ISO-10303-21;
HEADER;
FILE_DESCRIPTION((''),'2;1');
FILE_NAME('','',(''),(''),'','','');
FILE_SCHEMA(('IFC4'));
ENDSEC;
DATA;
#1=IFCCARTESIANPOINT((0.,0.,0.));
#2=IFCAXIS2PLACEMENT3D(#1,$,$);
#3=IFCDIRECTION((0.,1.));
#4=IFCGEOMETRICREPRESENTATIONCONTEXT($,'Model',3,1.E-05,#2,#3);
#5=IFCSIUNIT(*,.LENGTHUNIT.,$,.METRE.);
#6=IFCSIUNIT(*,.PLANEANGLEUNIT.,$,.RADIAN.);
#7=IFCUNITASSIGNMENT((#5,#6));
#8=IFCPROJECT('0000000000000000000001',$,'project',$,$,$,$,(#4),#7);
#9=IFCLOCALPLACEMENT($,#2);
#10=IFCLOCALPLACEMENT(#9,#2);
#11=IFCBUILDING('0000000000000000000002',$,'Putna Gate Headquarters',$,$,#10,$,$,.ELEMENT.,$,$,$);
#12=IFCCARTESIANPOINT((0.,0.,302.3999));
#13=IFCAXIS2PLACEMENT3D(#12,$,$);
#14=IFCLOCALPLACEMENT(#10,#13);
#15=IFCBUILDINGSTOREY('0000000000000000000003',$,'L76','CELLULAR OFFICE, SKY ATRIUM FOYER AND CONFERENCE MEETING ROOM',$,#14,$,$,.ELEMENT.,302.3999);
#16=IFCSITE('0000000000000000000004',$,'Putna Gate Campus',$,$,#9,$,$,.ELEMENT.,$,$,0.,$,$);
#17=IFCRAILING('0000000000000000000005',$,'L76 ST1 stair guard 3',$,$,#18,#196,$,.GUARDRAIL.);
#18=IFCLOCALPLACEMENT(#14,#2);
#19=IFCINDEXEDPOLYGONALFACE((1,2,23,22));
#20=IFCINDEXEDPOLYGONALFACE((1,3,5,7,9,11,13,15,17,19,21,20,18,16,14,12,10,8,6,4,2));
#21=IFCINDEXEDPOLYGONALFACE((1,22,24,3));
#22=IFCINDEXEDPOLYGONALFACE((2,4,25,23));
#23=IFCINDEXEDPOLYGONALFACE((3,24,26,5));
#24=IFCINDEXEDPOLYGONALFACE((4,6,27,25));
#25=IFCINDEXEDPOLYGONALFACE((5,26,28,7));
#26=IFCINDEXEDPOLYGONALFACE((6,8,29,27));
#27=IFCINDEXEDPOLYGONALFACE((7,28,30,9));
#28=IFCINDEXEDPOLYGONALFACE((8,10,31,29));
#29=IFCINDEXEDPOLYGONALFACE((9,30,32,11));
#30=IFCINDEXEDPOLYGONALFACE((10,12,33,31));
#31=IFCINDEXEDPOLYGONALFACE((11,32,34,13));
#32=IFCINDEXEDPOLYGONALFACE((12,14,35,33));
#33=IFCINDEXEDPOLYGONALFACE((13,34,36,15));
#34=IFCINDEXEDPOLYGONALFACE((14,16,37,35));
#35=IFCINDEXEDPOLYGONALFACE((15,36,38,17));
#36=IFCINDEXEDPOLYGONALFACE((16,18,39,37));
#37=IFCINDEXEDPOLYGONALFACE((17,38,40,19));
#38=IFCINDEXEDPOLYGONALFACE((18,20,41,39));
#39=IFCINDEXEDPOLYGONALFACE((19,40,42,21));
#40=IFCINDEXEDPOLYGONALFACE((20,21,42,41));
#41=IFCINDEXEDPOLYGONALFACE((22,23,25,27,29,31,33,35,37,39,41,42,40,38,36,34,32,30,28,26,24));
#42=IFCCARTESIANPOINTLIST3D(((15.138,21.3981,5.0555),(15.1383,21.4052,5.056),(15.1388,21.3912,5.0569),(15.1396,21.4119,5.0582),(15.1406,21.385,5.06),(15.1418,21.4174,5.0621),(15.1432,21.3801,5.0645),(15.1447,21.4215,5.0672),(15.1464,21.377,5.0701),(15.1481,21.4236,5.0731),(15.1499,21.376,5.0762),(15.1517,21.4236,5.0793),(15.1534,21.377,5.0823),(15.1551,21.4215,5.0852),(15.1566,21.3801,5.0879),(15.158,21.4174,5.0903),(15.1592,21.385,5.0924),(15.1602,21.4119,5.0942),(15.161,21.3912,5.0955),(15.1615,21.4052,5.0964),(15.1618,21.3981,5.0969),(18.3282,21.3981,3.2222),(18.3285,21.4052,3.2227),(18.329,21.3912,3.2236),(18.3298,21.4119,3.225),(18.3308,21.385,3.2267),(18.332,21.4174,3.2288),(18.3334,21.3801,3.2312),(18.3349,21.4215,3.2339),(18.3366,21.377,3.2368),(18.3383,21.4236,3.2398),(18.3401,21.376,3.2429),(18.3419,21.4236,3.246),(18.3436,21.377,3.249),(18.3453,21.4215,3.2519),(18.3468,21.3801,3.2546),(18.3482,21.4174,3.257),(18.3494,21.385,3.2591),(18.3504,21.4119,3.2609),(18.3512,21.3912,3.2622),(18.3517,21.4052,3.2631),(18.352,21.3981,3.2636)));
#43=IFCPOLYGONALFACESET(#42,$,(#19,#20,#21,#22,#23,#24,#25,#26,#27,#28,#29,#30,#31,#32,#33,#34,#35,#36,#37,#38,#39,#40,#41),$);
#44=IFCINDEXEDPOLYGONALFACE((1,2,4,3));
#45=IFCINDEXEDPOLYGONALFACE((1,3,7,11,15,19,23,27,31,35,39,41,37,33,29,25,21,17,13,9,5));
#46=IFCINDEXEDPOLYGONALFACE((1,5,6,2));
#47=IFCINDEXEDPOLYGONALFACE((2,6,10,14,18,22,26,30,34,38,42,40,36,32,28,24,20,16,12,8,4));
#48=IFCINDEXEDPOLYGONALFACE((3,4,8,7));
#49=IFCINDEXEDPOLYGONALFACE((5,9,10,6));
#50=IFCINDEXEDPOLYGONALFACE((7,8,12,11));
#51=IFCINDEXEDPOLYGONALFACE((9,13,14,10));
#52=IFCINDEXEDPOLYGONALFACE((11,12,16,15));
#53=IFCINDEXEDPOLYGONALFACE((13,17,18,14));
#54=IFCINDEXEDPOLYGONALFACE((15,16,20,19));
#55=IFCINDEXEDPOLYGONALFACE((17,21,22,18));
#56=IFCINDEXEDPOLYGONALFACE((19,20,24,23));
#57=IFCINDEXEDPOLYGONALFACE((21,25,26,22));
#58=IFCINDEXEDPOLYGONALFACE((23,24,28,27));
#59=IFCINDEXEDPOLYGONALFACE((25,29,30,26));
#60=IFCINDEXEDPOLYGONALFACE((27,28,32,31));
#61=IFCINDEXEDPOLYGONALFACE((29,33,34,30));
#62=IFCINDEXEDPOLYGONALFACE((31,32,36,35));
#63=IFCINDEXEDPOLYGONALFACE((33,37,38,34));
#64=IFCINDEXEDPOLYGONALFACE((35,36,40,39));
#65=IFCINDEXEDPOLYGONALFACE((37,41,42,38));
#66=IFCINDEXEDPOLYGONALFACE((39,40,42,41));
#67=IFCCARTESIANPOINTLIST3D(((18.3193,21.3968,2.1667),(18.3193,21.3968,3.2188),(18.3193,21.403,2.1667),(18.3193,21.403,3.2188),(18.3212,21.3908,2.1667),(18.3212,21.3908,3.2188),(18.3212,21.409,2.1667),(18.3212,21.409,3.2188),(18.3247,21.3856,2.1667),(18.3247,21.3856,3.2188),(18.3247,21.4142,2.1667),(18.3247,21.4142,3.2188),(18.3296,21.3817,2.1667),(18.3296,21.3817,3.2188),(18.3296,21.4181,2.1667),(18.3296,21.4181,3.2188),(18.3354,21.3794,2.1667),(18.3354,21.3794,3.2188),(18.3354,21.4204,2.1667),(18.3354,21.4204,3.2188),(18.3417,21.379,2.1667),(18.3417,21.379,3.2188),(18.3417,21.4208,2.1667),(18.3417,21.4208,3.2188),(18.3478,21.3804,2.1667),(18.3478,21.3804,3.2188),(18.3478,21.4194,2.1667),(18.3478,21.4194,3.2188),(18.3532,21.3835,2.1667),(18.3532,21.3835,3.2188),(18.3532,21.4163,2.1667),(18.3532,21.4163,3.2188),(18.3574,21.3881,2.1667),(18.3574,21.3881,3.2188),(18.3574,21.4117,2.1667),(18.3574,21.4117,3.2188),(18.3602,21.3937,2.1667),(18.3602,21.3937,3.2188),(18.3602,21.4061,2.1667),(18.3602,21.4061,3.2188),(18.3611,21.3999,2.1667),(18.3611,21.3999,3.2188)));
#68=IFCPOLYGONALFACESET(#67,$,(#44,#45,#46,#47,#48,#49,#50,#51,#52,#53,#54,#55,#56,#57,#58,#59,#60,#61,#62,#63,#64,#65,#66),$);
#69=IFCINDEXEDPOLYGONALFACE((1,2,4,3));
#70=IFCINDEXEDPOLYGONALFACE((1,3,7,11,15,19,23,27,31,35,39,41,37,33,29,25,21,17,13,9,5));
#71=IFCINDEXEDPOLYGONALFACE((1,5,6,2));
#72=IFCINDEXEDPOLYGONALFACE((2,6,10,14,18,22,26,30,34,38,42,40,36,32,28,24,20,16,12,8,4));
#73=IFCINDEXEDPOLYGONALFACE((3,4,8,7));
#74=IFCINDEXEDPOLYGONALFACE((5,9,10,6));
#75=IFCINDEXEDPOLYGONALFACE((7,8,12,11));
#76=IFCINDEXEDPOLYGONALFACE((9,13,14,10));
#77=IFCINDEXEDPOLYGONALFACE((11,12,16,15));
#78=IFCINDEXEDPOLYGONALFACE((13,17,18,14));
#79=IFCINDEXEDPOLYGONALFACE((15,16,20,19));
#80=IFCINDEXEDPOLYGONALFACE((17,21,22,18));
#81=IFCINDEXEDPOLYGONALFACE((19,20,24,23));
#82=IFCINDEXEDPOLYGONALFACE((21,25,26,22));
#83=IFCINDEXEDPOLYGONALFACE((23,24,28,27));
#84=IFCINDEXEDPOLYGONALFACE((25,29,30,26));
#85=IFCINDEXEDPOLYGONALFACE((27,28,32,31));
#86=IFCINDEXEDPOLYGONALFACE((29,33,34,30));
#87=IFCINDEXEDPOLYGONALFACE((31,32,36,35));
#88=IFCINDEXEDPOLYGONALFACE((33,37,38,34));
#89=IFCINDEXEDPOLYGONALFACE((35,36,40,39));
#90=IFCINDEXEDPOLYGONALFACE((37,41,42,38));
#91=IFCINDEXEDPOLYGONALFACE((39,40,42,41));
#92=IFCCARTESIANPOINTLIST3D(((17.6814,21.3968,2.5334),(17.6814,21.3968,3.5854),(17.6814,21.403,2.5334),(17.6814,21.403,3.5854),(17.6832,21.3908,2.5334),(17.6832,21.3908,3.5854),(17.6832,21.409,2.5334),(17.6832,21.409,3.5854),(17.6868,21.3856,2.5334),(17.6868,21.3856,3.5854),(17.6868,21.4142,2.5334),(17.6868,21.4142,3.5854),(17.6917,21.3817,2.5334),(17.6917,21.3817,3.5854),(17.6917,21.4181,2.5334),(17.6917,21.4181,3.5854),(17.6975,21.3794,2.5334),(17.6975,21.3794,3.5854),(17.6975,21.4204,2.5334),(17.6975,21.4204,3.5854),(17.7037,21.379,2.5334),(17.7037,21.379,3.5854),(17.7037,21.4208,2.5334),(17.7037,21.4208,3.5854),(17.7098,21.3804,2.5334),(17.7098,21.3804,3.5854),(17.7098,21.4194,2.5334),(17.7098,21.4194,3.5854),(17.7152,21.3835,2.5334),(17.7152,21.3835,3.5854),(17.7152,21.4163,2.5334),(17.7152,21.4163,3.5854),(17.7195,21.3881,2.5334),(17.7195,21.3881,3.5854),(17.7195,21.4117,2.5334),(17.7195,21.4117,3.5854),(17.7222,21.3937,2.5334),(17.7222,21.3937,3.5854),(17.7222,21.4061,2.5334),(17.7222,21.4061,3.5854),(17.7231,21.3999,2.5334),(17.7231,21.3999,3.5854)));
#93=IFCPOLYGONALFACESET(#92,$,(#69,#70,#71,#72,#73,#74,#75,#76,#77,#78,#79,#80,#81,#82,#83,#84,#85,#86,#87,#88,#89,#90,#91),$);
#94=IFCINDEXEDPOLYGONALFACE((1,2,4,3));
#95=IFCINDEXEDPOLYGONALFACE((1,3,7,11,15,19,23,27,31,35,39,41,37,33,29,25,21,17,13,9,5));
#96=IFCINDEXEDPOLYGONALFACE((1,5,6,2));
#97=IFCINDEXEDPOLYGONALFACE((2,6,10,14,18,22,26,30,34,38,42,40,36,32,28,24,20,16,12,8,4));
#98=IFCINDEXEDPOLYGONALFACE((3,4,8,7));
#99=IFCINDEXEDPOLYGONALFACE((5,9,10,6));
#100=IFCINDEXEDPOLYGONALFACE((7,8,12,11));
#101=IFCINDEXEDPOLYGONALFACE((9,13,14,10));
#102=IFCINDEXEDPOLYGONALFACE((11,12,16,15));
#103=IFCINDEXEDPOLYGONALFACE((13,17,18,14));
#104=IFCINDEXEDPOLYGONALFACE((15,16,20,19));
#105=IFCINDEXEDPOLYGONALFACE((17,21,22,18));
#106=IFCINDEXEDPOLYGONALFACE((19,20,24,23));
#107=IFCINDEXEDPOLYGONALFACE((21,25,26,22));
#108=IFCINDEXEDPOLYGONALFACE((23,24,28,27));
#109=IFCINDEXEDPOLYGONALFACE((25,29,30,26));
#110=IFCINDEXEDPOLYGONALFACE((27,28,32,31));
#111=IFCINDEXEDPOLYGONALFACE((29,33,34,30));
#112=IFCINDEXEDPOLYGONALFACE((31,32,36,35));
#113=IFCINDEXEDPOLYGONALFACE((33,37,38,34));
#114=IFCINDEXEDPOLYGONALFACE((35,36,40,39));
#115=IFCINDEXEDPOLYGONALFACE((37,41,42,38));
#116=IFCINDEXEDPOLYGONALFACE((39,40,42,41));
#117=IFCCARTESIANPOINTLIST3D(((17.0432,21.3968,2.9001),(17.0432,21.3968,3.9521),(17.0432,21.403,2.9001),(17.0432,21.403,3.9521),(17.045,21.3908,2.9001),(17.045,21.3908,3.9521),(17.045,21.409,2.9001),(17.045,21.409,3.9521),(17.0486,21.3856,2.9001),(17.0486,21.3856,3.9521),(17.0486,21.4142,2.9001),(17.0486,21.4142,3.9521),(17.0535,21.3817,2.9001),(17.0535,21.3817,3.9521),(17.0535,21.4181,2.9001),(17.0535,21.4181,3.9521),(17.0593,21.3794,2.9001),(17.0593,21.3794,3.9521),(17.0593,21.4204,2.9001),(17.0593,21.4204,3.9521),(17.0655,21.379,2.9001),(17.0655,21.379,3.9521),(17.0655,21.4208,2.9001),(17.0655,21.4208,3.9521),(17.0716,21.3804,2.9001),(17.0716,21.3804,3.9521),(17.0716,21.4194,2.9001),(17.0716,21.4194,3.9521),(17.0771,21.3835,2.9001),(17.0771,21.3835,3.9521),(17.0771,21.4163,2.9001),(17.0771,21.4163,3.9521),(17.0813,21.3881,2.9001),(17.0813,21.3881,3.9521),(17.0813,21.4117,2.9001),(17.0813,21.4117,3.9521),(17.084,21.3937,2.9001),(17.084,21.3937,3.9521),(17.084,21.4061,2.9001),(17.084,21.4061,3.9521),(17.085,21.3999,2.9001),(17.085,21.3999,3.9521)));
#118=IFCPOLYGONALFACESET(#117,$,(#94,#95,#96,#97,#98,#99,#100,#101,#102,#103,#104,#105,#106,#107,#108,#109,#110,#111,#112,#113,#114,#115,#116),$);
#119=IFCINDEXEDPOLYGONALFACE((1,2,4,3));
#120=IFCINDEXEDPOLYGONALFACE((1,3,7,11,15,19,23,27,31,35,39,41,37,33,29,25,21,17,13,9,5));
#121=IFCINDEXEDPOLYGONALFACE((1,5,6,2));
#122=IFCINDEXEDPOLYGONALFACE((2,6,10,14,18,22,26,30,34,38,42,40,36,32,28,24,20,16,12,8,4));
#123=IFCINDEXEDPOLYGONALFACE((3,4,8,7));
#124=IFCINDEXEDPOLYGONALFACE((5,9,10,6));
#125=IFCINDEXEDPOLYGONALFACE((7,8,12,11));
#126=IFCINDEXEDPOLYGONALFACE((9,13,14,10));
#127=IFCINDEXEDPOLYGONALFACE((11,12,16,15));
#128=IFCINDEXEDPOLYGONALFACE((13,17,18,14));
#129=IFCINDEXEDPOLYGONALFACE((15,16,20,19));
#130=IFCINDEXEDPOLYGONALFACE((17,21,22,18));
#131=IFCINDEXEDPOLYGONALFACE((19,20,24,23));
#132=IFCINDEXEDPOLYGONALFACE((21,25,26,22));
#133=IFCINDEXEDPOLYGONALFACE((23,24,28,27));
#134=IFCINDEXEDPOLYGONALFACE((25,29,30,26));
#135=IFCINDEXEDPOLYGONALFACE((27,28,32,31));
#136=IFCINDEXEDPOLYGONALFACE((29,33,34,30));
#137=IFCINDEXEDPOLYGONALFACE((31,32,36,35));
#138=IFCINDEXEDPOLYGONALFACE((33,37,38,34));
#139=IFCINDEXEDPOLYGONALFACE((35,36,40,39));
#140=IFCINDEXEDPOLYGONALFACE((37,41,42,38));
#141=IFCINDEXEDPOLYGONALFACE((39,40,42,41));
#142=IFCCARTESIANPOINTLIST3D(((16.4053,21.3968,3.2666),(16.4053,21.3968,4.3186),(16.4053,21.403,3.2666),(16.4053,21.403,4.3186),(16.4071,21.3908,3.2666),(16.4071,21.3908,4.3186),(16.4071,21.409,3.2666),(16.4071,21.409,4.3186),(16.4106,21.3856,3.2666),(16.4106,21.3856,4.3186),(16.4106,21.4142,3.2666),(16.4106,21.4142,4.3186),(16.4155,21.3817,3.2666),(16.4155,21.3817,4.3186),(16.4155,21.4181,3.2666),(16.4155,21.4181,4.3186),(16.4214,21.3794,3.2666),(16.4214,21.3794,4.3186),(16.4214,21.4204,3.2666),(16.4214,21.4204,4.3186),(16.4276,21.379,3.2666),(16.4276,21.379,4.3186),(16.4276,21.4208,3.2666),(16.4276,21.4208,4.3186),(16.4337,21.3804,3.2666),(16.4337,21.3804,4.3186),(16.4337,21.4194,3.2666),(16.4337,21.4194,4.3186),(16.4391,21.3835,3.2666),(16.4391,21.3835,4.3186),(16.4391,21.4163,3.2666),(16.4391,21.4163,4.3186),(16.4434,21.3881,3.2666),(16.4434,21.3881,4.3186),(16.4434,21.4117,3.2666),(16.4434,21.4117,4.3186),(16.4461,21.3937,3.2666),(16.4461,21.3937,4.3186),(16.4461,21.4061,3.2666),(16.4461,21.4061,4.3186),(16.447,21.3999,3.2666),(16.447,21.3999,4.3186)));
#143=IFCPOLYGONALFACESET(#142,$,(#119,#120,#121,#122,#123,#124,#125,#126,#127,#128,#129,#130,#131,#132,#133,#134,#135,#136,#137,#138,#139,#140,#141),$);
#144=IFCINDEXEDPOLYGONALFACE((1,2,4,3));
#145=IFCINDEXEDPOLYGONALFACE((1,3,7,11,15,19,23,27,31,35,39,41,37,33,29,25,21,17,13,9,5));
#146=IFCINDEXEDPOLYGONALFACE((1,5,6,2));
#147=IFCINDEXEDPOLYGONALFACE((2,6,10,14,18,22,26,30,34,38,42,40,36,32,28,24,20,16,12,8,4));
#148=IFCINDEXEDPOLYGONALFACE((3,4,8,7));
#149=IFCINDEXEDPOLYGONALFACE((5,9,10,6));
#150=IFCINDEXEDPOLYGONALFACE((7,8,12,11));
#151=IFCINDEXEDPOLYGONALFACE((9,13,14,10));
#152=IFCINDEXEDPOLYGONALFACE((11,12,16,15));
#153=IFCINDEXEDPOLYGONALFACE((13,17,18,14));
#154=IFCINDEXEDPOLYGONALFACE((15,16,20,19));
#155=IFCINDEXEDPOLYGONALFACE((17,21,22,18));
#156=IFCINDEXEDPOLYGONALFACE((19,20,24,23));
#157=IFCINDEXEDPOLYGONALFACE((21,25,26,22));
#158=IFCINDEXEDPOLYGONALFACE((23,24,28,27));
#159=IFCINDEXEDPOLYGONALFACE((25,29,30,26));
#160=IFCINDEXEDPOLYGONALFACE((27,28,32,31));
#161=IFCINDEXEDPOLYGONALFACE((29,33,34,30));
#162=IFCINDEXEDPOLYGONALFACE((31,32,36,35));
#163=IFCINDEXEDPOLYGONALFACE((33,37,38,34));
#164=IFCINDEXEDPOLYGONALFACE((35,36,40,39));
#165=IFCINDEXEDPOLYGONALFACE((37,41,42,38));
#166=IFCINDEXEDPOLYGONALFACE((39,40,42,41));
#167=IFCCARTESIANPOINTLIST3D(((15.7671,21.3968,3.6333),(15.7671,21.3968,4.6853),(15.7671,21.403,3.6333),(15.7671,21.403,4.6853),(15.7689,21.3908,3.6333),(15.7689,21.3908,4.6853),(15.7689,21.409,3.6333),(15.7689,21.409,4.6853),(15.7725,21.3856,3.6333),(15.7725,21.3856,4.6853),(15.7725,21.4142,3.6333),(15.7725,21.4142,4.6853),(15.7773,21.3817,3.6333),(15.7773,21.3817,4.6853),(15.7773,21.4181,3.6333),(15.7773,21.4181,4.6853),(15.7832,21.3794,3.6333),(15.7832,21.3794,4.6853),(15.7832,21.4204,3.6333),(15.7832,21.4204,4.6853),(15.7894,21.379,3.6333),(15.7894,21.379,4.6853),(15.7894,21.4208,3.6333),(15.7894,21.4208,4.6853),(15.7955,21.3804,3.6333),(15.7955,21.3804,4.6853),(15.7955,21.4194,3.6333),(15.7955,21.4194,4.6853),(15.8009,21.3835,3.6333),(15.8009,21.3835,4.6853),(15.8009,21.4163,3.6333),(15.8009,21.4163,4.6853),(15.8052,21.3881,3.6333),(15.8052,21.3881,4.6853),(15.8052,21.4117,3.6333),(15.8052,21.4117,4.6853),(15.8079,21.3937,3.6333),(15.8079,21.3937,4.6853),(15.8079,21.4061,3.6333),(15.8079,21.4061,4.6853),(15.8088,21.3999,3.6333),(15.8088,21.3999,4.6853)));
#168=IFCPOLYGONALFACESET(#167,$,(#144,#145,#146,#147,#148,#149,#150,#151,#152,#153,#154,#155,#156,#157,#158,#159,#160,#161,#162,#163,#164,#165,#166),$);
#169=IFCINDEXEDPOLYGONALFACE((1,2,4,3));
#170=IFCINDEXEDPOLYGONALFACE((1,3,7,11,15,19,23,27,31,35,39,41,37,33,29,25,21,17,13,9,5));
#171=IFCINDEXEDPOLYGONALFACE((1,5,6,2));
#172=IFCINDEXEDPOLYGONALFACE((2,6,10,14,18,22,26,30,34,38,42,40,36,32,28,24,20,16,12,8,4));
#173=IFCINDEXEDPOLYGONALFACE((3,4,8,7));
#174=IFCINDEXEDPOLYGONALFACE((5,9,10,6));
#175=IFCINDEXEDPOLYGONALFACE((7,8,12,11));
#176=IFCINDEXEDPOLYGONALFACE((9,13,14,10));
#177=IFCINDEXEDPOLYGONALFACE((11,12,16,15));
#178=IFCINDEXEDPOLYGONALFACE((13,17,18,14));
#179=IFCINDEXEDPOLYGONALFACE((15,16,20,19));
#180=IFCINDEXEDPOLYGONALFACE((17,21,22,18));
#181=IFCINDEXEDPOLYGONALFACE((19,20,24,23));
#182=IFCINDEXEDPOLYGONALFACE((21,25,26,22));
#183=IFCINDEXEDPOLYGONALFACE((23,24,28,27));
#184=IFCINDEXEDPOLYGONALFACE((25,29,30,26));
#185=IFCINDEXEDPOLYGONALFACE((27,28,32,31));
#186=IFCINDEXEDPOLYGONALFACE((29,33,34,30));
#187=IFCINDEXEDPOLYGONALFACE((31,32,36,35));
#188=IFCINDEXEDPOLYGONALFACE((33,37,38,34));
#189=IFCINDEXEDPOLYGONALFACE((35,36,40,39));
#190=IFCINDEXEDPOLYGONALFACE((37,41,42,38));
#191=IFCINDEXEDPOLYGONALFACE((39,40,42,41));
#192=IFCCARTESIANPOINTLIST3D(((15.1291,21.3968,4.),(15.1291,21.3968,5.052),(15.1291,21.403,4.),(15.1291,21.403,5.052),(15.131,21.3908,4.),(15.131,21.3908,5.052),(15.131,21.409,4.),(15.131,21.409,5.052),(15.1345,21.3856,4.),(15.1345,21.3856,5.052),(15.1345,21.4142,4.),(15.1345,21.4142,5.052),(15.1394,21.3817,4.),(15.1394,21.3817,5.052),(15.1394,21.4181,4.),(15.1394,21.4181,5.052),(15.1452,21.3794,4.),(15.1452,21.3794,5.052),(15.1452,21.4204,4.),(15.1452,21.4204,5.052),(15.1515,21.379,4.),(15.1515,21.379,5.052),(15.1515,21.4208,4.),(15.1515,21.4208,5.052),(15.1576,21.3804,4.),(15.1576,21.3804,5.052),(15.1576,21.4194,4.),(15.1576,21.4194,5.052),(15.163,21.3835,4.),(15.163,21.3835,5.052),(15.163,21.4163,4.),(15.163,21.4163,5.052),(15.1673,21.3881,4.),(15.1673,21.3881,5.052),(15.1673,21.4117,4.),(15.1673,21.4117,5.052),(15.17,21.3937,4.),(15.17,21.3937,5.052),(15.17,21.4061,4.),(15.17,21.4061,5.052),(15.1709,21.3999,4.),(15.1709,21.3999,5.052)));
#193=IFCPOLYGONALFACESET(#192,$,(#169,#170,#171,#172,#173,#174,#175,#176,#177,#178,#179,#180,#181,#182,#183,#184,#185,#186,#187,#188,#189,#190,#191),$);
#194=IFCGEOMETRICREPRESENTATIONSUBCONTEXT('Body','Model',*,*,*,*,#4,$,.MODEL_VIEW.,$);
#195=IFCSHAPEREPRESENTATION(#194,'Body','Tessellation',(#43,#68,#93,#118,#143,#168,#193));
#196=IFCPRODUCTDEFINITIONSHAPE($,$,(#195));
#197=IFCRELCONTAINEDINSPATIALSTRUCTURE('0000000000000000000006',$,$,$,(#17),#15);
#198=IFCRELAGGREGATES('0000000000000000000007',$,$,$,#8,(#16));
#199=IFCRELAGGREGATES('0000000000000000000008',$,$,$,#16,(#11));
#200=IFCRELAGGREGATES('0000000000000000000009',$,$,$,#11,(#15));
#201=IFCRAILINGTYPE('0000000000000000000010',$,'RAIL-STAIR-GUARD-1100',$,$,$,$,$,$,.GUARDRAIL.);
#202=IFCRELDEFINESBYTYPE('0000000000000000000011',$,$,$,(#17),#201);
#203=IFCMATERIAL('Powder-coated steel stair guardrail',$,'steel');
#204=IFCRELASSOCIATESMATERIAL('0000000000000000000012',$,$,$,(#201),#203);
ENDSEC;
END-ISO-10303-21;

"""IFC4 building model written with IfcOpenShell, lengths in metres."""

from ifc_helpers import new_model, si_unit, direction, frame, origin, origin_2d, place, context, subcontext, project, spatial, circle, extrude, material, type_object, element, save


model = new_model("IFC4")

# Units and contexts
model_context = context("Model", 3, precision=1e-05, world=origin(), true_north=direction((0.0, 1.0)))
body_context = subcontext(model_context, "Body", "Model", "MODEL_VIEW")
ifc_project = project(units=[si_unit("LENGTHUNIT", "METRE"), si_unit("PLANEANGLEUNIT", "RADIAN")], contexts=[model_context])

# Site, building, storey
site_placement = place(None, origin())
site = spatial("IfcSite", under=ifc_project, at=site_placement, Name="Putna Gate Campus", CompositionType="ELEMENT", RefElevation=0.0)
building_placement = place(site_placement, origin())
building = spatial("IfcBuilding", under=site, at=building_placement, Name="Putna Gate Headquarters", CompositionType="ELEMENT")
storey_placement = place(building_placement, frame((0.0, 0.0, 302.3999)))
storey = spatial("IfcBuildingStorey", under=building, at=storey_placement, Name="L76", Description="CELLULAR OFFICE, SKY ATRIUM FOYER AND CONFERENCE MEETING ROOM", CompositionType="ELEMENT", Elevation=302.3999)

# Railing
ifc_material_1 = material(Name="Powder-coated steel stair guardrail", Category="steel")
railing_type_1 = type_object("IfcRailingType", Name="RAIL-STAIR-GUARD-1100", PredefinedType="GUARDRAIL", material=ifc_material_1)
railing_1_placement = place(storey_placement, frame((18.3401, 21.3999, 2.1667)))
element("IfcRailing", 1, at=railing_1_placement, inside=storey, type_object=railing_type_1, Name="L76 ST1 stair guard 3", PredefinedType="GUARDRAIL", context=body_context, shape_type="SweptSolid", body=[
    extrude(circle(Radius=0.0239, at=origin_2d()), frame((0.0, 0.0, 1.0762), z_axis=(-0.867036, 0.0, 0.498245), x_axis=(0.0, -1.0, 0.0)), (0.0, 0.0, 1.0), 3.6794),
    extrude(circle(Radius=0.021, at=origin_2d()), origin(), (0.0, 0.0, 1.0), 1.052),
    extrude(circle(Radius=0.021, at=origin_2d()), frame((-0.6379, 0.0, 0.3667)), (0.0, 0.0, 1.0), 1.052),
    extrude(circle(Radius=0.021, at=origin_2d()), frame((-1.2761, 0.0, 0.7334)), (0.0, 0.0, 1.0), 1.052),
    extrude(circle(Radius=0.021, at=origin_2d()), frame((-1.9141, 0.0, 1.0999)), (0.0, 0.0, 1.0), 1.052),
    extrude(circle(Radius=0.021, at=origin_2d()), frame((-2.5522, 0.0, 1.4666)), (0.0, 0.0, 1.0), 1.052),
    extrude(circle(Radius=0.021, at=origin_2d()), frame((-3.1902, 0.0, 1.8333)), (0.0, 0.0, 1.0), 1.052),
])

save(model, "model.ifc")
